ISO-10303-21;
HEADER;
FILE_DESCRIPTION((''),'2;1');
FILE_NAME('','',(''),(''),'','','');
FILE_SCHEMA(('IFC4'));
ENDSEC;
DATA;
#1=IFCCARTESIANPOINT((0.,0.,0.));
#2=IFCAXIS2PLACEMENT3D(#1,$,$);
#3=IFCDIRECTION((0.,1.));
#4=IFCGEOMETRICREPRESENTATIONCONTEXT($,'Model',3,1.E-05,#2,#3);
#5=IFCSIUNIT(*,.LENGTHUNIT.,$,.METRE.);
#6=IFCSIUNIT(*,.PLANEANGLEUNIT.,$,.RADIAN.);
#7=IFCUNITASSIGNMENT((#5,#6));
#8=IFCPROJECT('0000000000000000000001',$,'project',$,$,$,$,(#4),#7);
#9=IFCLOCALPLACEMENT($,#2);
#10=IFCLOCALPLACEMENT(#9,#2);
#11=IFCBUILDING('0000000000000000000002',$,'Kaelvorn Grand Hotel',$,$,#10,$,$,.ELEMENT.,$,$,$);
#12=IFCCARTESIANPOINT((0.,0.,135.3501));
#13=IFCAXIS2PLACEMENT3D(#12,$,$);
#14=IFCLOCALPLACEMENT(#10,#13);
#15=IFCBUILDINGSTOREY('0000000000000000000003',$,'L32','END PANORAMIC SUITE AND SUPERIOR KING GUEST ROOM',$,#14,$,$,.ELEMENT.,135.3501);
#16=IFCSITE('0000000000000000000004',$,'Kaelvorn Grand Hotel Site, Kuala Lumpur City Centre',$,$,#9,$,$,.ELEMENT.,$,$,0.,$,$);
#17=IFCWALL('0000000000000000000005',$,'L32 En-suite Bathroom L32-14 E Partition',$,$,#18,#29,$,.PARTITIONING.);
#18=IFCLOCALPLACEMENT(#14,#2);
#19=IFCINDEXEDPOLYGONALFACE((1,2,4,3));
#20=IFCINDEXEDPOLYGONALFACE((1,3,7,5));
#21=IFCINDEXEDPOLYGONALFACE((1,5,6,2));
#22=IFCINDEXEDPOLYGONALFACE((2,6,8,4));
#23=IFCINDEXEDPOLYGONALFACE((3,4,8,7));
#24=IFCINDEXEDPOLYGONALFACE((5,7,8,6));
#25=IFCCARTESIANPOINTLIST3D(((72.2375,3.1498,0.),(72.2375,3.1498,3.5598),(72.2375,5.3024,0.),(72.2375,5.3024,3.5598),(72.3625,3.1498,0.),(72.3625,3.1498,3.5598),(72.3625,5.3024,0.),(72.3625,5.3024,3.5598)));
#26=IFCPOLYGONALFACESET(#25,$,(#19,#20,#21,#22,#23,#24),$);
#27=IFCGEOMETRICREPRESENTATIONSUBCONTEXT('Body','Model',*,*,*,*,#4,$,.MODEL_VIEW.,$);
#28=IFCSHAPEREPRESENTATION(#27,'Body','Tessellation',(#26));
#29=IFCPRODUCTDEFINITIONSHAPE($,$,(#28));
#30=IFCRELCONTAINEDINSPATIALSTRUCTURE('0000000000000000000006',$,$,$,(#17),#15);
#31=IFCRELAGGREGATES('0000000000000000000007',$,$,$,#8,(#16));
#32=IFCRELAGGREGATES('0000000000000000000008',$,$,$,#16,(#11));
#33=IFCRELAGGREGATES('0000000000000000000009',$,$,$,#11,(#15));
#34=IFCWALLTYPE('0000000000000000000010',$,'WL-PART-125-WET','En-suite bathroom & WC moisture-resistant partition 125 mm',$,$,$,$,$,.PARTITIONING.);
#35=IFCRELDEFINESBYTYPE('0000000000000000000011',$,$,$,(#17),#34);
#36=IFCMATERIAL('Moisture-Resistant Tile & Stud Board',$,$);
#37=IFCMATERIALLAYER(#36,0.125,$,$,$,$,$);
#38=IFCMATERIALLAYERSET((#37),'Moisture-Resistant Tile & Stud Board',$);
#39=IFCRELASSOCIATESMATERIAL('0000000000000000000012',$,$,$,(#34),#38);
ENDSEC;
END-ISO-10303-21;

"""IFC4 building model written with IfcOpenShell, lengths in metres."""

from ifc_helpers import new_model, si_unit, direction, frame, frame_2d, origin, place, context, subcontext, project, spatial, rectangle, extrude, material, layer, layer_set, type_object, element, save


model = new_model("IFC4")

# Units and contexts
model_context = context("Model", 3, precision=1e-05, world=origin(), true_north=direction((0.0, 1.0)))
body_context = subcontext(model_context, "Body", "Model", "MODEL_VIEW")
ifc_project = project(units=[si_unit("LENGTHUNIT", "METRE"), si_unit("PLANEANGLEUNIT", "RADIAN")], contexts=[model_context])

# Site, building, storey
site_placement = place(None, origin())
site = spatial("IfcSite", under=ifc_project, at=site_placement, Name="Kaelvorn Grand Hotel Site, Kuala Lumpur City Centre", CompositionType="ELEMENT", RefElevation=0.0)
building_placement = place(site_placement, origin())
building = spatial("IfcBuilding", under=site, at=building_placement, Name="Kaelvorn Grand Hotel", CompositionType="ELEMENT")
storey_placement = place(building_placement, frame((0.0, 0.0, 135.3501)))
storey = spatial("IfcBuildingStorey", under=building, at=storey_placement, Name="L32", Description="END PANORAMIC SUITE AND SUPERIOR KING GUEST ROOM", CompositionType="ELEMENT", Elevation=135.3501)

# Wall
ifc_material_1 = material(Name="Moisture-Resistant Tile & Stud Board")
ifc_layer_1 = layer(ifc_material_1, 0.125)
ifc_layer_set_1 = layer_set([ifc_layer_1], Name="Moisture-Resistant Tile & Stud Board")
wall_type_1 = type_object("IfcWallType", Name="WL-PART-125-WET", Description="En-suite bathroom & WC moisture-resistant partition 125 mm", PredefinedType="PARTITIONING", material=ifc_layer_set_1)
wall_1_placement = place(storey_placement, frame((72.3, 3.1499, 0.0), z_axis=(0.0, 0.0, 1.0), x_axis=(0.0, 1.0, 0.0)))
element("IfcWall", 1, at=wall_1_placement, inside=storey, type_object=wall_type_1, Name="L32 En-suite Bathroom L32-14 E Partition", PredefinedType="PARTITIONING", context=body_context, shape_type="SweptSolid", body=[
    extrude(rectangle(XDim=2.1526, YDim=0.125, at=frame_2d((1.0762, 0.0))), origin(), (0.0, 0.0, 1.0), 3.5598),
])

save(model, "model.ifc")
